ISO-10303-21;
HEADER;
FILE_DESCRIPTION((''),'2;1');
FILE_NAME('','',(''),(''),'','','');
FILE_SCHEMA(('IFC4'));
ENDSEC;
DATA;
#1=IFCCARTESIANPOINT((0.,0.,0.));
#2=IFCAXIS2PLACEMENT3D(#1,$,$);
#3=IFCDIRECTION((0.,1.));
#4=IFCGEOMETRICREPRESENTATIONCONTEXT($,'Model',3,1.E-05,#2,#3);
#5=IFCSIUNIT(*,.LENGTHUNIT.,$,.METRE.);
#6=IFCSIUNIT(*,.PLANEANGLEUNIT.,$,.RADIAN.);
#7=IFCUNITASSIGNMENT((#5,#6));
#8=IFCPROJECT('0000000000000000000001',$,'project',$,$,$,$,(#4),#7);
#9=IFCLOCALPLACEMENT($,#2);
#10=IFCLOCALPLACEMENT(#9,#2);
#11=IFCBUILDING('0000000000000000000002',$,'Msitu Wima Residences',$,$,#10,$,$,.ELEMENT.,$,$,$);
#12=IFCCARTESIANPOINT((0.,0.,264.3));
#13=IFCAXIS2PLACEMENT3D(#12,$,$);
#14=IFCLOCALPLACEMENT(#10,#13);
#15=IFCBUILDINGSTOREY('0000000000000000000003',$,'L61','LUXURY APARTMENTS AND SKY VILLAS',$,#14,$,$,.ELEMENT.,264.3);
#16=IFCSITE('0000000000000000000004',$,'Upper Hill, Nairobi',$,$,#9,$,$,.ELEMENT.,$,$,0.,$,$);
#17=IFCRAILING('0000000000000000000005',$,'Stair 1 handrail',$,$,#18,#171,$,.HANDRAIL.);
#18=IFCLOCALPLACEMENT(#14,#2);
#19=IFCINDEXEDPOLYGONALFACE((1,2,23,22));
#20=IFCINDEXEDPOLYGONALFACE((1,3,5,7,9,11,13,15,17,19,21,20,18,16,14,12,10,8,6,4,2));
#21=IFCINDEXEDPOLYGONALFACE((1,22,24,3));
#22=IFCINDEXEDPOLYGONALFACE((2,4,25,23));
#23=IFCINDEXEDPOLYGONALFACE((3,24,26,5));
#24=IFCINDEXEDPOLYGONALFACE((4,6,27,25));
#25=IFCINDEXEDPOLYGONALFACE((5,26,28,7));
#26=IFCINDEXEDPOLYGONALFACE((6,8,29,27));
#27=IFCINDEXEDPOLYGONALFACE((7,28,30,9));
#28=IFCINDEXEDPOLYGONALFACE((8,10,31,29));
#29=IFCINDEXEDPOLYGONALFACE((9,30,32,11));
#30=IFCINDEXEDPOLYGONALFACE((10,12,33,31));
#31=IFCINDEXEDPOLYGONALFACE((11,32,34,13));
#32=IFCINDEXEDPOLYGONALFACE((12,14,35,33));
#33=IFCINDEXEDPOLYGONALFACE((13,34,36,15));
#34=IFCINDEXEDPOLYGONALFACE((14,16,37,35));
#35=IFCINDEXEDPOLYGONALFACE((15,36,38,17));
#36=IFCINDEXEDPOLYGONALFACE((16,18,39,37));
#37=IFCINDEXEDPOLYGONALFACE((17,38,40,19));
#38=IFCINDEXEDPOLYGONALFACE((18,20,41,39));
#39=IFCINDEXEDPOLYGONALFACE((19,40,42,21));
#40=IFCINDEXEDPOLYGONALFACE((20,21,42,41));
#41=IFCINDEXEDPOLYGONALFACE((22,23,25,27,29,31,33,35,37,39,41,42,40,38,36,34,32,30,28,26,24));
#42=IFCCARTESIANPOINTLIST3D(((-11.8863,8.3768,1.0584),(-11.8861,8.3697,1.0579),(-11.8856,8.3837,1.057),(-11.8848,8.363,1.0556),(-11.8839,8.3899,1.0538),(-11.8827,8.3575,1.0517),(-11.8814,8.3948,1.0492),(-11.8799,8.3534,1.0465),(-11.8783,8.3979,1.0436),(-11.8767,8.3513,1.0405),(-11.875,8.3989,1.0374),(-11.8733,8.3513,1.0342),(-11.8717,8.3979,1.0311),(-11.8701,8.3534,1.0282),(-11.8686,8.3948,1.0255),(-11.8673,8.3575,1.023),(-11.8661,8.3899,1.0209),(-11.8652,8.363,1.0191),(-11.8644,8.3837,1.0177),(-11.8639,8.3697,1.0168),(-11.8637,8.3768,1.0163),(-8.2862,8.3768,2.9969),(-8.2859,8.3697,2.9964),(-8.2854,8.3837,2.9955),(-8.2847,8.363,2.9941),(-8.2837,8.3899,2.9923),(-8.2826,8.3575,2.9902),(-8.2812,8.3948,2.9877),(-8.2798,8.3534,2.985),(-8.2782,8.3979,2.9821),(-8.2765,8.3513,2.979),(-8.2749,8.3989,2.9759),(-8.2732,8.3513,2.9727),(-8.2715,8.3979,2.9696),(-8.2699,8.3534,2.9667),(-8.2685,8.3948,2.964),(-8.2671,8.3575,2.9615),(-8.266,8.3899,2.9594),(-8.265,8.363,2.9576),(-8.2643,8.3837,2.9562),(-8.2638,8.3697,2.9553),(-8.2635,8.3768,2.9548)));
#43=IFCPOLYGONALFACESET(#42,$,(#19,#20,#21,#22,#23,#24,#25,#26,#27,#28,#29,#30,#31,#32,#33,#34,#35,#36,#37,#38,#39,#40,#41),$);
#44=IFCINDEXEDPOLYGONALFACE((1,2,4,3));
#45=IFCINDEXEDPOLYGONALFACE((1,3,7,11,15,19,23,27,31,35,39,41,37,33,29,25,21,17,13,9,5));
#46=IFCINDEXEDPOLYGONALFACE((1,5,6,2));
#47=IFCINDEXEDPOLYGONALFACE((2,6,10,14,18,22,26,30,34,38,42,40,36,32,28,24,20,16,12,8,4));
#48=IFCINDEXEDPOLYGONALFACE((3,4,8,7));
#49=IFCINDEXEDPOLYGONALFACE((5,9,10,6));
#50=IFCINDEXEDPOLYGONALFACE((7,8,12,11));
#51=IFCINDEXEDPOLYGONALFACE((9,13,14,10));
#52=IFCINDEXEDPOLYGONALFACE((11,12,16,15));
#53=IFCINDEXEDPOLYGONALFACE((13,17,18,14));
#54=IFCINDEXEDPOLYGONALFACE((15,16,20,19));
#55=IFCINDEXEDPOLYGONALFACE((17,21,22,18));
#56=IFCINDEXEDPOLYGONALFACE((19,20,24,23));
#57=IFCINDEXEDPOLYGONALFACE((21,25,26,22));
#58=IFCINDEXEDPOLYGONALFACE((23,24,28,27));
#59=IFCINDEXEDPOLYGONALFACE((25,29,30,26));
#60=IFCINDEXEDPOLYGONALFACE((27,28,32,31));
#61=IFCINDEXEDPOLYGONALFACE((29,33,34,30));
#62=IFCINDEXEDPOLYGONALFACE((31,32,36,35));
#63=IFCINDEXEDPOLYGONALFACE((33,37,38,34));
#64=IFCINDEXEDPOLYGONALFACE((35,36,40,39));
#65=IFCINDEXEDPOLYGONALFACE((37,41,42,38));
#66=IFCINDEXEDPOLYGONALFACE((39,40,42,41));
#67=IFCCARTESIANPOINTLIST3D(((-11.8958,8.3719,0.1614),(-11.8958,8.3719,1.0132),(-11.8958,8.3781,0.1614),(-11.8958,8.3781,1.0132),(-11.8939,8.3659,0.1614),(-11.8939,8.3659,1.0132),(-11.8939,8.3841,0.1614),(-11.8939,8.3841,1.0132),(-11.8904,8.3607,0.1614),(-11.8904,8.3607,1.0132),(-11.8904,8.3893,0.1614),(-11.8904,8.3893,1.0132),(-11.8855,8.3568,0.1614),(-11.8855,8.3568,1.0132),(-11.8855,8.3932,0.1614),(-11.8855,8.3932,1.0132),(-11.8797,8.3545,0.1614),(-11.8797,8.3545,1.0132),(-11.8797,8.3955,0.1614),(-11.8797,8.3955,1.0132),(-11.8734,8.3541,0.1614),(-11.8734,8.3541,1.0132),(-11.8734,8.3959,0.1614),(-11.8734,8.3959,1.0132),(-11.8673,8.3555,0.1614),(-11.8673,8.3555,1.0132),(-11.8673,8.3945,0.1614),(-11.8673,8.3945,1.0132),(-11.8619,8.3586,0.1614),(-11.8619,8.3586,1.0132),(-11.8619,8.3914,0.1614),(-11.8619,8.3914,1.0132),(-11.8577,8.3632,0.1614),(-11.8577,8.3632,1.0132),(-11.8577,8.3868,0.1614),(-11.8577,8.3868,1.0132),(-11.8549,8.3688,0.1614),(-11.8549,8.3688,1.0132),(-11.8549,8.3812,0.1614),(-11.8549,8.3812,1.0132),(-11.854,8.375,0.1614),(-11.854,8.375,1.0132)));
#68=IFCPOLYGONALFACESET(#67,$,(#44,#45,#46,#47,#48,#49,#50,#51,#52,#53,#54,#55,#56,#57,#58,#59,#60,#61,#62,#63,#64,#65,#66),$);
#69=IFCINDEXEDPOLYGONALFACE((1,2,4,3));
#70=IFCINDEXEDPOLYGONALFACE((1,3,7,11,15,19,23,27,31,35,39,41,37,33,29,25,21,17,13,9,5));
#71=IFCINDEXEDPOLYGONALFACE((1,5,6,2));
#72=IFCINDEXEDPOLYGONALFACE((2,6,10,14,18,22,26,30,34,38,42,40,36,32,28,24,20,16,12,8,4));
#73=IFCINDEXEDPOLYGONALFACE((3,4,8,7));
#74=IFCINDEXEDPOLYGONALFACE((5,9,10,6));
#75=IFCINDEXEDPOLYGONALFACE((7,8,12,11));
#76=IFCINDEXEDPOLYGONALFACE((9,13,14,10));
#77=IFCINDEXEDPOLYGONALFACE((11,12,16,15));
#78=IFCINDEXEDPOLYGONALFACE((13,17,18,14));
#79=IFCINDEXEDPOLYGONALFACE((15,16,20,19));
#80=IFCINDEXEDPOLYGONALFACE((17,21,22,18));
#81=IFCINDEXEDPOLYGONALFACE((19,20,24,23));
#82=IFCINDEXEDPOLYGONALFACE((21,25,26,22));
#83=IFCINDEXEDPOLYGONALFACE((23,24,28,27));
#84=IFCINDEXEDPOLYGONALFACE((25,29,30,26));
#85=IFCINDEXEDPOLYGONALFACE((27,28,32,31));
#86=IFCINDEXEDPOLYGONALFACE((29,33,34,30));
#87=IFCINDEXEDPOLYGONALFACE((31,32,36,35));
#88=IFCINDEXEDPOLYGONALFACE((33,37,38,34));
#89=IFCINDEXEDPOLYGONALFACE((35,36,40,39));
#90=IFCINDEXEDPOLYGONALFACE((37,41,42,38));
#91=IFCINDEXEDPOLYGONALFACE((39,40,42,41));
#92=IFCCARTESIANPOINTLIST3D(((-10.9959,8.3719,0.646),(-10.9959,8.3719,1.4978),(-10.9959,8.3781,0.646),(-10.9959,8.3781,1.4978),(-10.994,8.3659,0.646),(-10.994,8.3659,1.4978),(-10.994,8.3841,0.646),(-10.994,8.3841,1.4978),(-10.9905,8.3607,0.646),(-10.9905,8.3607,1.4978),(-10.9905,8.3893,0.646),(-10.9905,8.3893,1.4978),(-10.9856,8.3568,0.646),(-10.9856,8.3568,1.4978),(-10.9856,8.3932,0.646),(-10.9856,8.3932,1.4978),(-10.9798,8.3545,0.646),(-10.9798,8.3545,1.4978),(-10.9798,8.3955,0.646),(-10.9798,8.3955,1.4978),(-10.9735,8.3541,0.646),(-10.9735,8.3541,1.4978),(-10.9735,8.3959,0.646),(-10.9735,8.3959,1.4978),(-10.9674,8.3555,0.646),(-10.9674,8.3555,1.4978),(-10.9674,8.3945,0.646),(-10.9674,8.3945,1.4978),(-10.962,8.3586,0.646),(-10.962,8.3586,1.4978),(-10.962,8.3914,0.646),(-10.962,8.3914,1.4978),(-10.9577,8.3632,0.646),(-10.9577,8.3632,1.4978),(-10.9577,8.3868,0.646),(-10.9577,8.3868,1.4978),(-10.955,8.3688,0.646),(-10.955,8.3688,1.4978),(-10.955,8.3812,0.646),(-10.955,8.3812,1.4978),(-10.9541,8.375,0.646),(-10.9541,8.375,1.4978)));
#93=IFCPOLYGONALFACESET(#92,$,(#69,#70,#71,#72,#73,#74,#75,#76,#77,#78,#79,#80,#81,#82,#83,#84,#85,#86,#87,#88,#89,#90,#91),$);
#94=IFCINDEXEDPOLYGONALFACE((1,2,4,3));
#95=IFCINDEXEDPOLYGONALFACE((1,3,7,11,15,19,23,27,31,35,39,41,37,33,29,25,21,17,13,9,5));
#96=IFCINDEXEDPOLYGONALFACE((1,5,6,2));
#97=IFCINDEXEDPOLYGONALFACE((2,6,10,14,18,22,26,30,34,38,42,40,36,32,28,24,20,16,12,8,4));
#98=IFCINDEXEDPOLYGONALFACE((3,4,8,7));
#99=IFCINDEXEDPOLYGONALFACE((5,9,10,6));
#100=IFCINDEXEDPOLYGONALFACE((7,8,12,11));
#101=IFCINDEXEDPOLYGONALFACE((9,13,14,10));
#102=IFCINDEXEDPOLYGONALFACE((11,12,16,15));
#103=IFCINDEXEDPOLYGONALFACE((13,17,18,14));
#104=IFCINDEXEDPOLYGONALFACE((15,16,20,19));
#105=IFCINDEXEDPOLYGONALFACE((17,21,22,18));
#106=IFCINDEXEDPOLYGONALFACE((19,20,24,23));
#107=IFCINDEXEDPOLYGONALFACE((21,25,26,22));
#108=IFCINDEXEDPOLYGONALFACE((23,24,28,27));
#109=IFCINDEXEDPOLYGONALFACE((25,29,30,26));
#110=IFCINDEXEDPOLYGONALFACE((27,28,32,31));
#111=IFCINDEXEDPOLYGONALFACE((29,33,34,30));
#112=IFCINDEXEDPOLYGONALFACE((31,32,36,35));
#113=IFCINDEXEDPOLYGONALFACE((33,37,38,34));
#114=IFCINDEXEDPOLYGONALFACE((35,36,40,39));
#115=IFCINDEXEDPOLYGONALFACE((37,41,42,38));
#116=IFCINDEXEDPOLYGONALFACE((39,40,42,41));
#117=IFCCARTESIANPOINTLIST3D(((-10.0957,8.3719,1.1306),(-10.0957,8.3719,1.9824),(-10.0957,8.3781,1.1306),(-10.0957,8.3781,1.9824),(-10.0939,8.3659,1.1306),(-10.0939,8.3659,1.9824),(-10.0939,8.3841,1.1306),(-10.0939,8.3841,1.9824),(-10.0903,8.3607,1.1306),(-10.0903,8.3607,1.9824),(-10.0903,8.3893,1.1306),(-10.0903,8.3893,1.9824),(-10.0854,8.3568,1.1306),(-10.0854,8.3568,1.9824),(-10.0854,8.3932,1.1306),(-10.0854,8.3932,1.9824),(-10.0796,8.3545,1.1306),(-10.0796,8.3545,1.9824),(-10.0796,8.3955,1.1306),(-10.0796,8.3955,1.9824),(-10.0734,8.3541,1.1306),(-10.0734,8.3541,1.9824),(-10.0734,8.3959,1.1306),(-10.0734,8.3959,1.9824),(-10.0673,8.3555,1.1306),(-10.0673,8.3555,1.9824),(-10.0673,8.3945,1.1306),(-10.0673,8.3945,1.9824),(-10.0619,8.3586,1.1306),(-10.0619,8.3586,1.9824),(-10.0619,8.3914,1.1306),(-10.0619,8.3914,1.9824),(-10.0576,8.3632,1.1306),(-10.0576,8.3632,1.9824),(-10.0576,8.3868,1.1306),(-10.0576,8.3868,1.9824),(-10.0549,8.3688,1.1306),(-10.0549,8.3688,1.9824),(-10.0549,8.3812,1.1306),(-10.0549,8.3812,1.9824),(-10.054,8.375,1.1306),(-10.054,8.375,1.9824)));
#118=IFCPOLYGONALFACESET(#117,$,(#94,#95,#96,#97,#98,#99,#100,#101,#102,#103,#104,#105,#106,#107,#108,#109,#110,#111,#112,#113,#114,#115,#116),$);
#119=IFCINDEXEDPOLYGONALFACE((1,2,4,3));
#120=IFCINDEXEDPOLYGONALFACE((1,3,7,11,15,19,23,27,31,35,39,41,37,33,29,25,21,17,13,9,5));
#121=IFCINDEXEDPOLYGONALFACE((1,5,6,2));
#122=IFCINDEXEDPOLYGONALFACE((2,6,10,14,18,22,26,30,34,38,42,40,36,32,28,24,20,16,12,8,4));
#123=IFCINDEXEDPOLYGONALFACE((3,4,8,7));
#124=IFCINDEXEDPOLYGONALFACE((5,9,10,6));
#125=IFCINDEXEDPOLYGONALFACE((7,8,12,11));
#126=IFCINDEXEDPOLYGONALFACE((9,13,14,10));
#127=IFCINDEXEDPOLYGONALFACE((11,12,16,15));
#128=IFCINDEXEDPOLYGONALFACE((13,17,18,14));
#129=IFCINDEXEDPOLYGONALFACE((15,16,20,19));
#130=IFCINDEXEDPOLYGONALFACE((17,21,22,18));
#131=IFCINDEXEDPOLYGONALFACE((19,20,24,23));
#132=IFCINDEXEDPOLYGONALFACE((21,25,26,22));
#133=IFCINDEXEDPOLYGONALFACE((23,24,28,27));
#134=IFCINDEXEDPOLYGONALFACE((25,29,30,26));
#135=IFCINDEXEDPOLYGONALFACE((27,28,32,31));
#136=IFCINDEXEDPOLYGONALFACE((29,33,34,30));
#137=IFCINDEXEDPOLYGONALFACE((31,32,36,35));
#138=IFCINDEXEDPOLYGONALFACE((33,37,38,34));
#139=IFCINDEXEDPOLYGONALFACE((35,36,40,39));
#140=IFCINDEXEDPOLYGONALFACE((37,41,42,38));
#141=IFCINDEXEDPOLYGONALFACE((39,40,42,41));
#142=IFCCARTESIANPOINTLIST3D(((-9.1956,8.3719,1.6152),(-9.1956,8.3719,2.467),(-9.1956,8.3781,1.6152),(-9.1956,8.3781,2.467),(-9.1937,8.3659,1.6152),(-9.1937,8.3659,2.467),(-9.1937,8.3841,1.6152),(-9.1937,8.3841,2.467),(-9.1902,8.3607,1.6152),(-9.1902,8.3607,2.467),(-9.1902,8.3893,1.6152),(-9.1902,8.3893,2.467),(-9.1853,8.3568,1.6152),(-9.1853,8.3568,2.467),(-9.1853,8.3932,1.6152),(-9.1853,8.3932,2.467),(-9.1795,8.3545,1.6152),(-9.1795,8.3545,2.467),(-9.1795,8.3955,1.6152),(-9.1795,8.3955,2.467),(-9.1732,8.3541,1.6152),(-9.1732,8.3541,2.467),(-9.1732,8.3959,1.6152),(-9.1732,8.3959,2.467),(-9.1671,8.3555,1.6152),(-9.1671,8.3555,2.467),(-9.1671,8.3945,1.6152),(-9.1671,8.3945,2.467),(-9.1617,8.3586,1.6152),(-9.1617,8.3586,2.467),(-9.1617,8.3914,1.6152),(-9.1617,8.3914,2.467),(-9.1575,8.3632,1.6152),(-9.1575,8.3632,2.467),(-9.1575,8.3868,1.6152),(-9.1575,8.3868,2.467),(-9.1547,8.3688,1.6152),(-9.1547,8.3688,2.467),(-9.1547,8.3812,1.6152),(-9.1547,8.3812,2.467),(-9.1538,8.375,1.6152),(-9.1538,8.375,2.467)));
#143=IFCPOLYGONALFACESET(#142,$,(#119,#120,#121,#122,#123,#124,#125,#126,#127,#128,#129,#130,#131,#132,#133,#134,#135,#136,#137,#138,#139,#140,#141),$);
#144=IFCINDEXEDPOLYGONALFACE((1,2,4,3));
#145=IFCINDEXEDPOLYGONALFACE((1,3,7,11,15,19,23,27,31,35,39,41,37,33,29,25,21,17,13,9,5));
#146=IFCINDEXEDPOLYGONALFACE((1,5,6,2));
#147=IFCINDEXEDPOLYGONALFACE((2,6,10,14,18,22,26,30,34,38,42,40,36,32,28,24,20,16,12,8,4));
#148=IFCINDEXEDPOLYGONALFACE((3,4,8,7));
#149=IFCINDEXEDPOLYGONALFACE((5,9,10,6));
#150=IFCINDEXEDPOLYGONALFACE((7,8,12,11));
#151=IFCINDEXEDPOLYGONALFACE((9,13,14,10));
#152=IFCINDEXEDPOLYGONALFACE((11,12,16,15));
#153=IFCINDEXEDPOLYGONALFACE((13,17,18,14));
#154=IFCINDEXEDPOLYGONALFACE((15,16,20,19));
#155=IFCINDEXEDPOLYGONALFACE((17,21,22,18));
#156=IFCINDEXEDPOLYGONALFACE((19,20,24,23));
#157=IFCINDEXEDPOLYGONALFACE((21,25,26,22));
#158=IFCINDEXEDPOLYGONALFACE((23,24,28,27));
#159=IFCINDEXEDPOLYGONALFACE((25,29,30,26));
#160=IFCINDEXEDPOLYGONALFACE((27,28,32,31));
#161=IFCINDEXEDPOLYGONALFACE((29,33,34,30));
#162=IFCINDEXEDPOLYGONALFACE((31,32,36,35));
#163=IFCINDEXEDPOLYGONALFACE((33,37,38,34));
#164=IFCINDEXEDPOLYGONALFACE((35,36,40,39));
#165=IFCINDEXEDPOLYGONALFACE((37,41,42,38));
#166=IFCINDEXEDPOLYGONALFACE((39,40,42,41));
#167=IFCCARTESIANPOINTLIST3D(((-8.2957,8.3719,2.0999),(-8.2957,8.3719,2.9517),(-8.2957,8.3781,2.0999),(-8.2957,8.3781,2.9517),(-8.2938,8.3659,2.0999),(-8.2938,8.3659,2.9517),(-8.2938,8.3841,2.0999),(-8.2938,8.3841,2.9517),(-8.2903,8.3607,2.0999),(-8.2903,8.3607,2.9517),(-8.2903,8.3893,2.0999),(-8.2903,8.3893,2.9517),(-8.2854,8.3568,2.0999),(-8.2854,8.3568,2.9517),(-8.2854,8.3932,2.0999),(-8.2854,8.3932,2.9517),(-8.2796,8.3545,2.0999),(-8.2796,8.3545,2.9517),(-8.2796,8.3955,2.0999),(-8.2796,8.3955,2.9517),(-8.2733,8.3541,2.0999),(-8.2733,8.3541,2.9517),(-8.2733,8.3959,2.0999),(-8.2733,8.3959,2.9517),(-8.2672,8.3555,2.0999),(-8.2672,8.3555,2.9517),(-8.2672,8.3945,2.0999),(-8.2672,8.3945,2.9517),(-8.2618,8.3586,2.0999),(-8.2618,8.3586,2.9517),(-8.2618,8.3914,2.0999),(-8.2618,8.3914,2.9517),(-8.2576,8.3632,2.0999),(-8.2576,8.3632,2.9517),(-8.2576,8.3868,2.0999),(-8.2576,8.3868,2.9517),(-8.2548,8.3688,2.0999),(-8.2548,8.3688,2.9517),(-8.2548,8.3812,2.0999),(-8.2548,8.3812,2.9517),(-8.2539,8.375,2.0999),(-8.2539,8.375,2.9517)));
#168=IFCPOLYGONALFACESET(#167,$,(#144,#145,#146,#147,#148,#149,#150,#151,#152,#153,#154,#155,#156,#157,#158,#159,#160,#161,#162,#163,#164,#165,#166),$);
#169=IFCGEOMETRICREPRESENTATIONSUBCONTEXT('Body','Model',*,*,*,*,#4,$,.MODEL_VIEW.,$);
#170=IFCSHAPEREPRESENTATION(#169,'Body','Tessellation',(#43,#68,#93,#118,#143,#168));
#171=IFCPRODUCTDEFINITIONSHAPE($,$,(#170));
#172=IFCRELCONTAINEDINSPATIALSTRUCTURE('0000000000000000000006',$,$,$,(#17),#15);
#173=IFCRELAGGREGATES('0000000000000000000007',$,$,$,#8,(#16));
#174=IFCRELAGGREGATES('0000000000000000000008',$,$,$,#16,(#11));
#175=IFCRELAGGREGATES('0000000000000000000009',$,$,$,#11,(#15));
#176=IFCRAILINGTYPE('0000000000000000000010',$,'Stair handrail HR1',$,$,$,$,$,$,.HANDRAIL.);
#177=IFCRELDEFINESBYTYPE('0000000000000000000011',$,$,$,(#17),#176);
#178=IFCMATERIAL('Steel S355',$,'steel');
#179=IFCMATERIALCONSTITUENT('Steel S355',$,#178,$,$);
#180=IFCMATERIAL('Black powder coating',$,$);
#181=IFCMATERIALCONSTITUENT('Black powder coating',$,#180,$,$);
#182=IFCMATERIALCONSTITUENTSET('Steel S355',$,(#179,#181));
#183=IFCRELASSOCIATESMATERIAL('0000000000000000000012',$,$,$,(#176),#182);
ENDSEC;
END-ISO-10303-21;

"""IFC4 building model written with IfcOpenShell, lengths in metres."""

from ifc_helpers import new_model, si_unit, direction, frame, origin, origin_2d, place, context, subcontext, project, spatial, circle, extrude, material, constituent, constituent_set, type_object, element, save


model = new_model("IFC4")

# Units and contexts
model_context = context("Model", 3, precision=1e-05, world=origin(), true_north=direction((0.0, 1.0)))
body_context = subcontext(model_context, "Body", "Model", "MODEL_VIEW")
ifc_project = project(units=[si_unit("LENGTHUNIT", "METRE"), si_unit("PLANEANGLEUNIT", "RADIAN")], contexts=[model_context])

# Site, building, storey
site_placement = place(None, origin())
site = spatial("IfcSite", under=ifc_project, at=site_placement, Name="Upper Hill, Nairobi", CompositionType="ELEMENT", RefElevation=0.0)
building_placement = place(site_placement, origin())
building = spatial("IfcBuilding", under=site, at=building_placement, Name="Msitu Wima Residences", CompositionType="ELEMENT")
storey_placement = place(building_placement, frame((0.0, 0.0, 264.3)))
storey = spatial("IfcBuildingStorey", under=building, at=storey_placement, Name="L61", Description="LUXURY APARTMENTS AND SKY VILLAS", CompositionType="ELEMENT", Elevation=264.3)

# Railing
ifc_material_1 = material(Name="Steel S355", Category="steel")
ifc_constituent_1 = constituent(ifc_material_1, Name="Steel S355")
ifc_material_2 = material(Name="Black powder coating")
ifc_constituent_2 = constituent(ifc_material_2, Name="Black powder coating")
ifc_constituent_set = constituent_set(constituents=[ifc_constituent_1, ifc_constituent_2], Name="Steel S355")
railing_type = type_object("IfcRailingType", Name="Stair handrail HR1", PredefinedType="HANDRAIL", material=ifc_constituent_set)
for number, where, name in (
    (1, (-11.875, 8.375, 0.1614), "Stair 1 handrail"),
):
    element("IfcRailing", number, at=place(storey_placement, frame(where)), inside=storey, type_object=railing_type, Name=name, PredefinedType="HANDRAIL", context=body_context, shape_type="SweptSolid", body=[
        extrude(circle(Radius=0.0239, at=origin_2d()), frame((0.0, 0.0, 0.876), z_axis=(0.880475, 0.0, 0.474093), x_axis=(0.0, 1.0, 0.0)), (0.0, 0.0, 1.0), 4.0889),
        extrude(circle(Radius=0.021, at=origin_2d()), origin(), (0.0, 0.0, 1.0), 0.8518),
        extrude(circle(Radius=0.021, at=origin_2d()), frame((0.8999, 0.0, 0.4846)), (0.0, 0.0, 1.0), 0.8518),
        extrude(circle(Radius=0.021, at=origin_2d()), frame((1.8, 0.0, 0.9692)), (0.0, 0.0, 1.0), 0.8518),
        extrude(circle(Radius=0.021, at=origin_2d()), frame((2.7002, 0.0, 1.4539)), (0.0, 0.0, 1.0), 0.8518),
        extrude(circle(Radius=0.021, at=origin_2d()), frame((3.6001, 0.0, 1.9385)), (0.0, 0.0, 1.0), 0.8518),
    ])

save(model, "model.ifc")
